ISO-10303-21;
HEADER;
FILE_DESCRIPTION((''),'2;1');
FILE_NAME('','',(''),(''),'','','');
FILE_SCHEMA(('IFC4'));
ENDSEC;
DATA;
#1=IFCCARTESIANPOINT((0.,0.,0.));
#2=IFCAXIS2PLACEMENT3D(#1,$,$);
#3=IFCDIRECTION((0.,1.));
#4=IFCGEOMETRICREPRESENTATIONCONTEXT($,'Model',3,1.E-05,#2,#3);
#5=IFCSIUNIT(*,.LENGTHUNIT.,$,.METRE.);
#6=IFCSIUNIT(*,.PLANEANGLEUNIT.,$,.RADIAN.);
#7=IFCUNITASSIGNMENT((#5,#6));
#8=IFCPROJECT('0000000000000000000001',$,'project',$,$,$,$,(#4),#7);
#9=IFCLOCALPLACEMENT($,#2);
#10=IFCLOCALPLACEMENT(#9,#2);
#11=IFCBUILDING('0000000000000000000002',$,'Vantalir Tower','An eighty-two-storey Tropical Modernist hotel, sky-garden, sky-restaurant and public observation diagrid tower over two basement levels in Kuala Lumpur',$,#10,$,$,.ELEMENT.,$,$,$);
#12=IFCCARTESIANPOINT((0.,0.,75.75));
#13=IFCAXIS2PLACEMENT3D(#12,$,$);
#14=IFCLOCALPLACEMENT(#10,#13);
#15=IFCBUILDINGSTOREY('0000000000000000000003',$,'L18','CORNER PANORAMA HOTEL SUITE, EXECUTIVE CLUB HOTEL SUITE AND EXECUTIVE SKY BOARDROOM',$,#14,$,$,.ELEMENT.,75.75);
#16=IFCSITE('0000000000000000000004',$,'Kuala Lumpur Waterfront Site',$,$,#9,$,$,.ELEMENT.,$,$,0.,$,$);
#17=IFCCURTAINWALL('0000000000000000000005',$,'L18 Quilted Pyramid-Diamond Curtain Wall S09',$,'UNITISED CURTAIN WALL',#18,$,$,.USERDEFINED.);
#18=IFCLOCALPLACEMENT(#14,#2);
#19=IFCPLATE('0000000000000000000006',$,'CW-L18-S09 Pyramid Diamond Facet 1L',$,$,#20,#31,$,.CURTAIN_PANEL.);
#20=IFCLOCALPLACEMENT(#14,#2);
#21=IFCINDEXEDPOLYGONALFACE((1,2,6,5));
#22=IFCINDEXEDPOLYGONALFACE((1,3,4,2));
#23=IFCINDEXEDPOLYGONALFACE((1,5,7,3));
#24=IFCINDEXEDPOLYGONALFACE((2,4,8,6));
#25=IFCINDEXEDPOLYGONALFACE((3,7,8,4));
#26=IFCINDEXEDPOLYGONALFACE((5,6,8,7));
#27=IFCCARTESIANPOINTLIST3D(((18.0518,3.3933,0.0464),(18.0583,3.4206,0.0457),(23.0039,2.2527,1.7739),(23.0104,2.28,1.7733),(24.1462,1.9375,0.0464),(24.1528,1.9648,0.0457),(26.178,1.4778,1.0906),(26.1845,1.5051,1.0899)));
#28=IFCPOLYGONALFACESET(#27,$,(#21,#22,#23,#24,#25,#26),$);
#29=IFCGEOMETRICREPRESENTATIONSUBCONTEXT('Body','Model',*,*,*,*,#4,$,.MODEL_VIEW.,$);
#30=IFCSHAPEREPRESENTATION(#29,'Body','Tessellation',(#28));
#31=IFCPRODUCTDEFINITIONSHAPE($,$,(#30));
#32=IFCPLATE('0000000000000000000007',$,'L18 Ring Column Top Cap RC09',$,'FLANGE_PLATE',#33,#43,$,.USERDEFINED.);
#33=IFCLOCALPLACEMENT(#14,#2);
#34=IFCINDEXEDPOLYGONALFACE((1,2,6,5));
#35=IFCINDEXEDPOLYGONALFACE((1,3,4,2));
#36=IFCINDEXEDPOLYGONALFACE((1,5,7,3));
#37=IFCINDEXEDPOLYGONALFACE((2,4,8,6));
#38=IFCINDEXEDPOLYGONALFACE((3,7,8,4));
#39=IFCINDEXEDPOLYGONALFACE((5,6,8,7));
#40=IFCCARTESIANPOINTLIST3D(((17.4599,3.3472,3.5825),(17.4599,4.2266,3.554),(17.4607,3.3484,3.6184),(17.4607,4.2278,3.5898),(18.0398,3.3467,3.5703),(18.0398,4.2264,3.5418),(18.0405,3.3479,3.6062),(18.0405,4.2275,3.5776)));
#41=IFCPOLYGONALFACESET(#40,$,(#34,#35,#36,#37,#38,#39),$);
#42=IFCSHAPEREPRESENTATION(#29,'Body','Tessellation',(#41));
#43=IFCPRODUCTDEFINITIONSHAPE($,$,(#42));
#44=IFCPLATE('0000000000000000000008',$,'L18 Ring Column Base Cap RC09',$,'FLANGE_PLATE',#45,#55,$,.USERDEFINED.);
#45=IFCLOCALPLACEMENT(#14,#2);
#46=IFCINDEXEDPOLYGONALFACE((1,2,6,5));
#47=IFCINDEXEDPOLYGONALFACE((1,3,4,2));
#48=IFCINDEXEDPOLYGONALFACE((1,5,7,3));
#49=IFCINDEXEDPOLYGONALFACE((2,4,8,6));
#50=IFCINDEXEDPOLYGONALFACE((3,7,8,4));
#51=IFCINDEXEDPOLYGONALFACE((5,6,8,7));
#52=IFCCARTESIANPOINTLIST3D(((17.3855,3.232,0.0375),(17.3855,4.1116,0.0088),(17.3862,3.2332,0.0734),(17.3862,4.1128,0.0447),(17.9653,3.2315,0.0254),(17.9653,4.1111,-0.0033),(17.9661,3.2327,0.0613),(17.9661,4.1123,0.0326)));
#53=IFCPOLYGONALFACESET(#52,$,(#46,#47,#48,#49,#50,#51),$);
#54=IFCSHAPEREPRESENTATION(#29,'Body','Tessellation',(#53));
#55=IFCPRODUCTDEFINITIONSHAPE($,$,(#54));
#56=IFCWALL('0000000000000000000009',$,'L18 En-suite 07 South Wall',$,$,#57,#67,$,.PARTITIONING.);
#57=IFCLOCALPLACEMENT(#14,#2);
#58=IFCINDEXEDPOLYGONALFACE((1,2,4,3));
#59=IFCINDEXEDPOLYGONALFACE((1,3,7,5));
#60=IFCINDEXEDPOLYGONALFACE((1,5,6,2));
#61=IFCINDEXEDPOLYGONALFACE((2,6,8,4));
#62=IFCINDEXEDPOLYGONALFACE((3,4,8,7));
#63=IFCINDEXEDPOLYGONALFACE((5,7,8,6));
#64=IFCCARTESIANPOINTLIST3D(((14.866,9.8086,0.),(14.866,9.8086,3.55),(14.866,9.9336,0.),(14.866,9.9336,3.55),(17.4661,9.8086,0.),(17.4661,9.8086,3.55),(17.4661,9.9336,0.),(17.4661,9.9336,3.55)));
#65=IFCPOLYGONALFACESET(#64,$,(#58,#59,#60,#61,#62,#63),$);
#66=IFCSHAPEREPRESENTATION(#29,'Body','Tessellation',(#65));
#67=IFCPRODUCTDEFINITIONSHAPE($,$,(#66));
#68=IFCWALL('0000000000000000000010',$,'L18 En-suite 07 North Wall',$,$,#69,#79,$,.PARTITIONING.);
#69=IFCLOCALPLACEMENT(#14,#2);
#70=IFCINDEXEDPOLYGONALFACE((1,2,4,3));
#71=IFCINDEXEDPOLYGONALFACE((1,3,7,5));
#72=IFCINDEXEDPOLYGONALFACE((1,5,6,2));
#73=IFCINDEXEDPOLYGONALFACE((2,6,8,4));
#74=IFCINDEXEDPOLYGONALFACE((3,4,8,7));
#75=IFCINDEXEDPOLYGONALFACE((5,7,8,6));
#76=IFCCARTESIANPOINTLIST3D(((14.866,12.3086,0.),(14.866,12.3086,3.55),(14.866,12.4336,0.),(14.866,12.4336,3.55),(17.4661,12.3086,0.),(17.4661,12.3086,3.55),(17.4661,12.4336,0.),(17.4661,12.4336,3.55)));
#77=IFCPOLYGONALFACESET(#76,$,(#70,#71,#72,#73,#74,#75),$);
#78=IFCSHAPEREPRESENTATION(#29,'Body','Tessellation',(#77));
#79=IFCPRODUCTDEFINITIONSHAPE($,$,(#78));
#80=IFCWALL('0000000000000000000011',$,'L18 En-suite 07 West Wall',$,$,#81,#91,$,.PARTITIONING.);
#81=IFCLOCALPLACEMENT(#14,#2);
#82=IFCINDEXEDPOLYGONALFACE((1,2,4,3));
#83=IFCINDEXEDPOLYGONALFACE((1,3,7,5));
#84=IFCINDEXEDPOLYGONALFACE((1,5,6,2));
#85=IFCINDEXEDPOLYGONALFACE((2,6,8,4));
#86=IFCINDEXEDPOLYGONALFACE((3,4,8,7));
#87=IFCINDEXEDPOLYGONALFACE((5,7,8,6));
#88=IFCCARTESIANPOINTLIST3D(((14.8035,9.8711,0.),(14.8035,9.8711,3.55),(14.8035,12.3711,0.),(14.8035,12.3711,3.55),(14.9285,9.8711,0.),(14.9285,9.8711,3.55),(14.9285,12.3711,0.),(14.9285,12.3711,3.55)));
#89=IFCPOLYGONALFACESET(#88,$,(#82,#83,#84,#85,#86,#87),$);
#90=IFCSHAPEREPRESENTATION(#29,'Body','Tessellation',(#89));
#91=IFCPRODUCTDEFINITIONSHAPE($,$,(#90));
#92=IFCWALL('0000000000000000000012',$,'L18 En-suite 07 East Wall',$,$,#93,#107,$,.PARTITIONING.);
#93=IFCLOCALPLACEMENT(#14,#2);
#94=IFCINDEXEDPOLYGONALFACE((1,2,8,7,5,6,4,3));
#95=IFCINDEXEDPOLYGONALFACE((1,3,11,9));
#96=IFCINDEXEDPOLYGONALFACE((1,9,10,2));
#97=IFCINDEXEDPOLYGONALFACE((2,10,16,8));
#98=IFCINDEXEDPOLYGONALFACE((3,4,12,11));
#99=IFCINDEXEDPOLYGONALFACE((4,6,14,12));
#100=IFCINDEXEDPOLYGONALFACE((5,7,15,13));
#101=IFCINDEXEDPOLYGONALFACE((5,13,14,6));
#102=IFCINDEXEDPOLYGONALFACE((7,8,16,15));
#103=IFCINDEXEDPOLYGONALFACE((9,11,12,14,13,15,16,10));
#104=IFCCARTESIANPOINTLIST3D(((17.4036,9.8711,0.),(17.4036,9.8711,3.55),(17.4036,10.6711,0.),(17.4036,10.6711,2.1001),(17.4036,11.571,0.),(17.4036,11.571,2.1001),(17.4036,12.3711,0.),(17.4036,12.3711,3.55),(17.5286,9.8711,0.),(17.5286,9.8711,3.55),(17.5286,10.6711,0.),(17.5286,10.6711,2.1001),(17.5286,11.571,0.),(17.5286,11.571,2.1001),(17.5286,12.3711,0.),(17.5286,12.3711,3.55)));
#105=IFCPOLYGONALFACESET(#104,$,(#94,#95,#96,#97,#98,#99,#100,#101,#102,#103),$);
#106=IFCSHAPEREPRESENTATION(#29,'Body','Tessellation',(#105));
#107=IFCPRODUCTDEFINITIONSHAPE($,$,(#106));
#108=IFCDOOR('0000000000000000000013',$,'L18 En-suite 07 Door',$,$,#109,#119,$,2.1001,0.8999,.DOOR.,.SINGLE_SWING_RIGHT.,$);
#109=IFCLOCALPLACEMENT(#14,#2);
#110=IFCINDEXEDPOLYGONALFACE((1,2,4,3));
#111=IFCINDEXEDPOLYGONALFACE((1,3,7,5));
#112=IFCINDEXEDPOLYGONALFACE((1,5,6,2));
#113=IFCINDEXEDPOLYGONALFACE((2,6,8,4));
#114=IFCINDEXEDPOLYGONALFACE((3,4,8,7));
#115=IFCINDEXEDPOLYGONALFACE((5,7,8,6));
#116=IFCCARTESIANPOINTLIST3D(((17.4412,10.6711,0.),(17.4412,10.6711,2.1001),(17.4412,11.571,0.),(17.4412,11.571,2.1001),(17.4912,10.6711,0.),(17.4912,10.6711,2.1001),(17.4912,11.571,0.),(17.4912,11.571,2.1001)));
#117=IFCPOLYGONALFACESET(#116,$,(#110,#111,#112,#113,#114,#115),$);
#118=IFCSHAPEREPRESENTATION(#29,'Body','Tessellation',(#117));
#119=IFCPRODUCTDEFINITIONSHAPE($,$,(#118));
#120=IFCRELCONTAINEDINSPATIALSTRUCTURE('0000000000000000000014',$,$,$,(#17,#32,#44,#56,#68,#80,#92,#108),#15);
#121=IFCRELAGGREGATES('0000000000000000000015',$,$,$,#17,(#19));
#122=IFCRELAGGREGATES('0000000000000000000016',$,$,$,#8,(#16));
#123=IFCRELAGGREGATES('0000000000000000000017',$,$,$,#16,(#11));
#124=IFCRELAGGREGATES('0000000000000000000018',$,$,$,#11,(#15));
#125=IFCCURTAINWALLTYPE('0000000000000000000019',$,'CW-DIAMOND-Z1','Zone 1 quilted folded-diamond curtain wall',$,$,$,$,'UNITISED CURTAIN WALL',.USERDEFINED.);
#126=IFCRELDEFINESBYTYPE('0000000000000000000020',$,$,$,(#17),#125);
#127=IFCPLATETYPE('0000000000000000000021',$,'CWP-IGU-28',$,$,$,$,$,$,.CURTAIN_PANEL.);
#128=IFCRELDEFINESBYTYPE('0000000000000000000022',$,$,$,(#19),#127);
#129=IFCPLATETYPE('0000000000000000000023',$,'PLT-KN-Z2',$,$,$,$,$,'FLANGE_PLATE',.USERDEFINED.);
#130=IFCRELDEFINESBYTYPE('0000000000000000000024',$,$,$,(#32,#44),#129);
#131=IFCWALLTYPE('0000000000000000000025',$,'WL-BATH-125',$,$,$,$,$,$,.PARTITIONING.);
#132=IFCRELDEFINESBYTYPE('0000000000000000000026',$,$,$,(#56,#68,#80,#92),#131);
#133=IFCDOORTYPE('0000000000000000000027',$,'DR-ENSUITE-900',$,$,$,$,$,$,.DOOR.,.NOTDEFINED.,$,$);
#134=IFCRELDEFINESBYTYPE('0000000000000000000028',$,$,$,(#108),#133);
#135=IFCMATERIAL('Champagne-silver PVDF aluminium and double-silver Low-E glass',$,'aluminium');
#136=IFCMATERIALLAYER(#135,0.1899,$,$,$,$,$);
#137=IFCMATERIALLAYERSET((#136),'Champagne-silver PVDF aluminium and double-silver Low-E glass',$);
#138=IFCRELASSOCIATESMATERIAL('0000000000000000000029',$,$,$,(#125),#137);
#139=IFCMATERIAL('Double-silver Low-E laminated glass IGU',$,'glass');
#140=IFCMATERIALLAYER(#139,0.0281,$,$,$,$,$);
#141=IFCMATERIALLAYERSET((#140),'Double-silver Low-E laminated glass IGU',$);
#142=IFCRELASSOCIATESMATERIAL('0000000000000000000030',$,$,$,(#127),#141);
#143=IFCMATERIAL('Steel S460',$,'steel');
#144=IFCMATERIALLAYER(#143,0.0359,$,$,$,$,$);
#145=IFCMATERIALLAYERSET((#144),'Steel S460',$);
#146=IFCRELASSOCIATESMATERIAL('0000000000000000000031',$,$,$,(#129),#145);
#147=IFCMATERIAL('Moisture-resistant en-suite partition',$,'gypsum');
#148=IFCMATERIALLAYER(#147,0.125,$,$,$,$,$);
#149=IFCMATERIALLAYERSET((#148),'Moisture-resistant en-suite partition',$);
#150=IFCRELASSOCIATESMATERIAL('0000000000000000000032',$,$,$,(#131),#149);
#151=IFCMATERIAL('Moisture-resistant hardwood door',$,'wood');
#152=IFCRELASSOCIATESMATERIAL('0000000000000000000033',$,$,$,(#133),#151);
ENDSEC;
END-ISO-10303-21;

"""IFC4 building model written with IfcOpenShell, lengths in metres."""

from ifc_helpers import new_model, si_unit, direction, frame, frame_2d, origin, place, context, subcontext, project, spatial, polyline, rectangle, outline, extrude, material, layer, layer_set, type_object, element, fill, aggregate, save


model = new_model("IFC4")

# Units and contexts
model_context = context("Model", 3, precision=1e-05, world=origin(), true_north=direction((0.0, 1.0)))
body_context = subcontext(model_context, "Body", "Model", "MODEL_VIEW")
ifc_project = project(units=[si_unit("LENGTHUNIT", "METRE"), si_unit("PLANEANGLEUNIT", "RADIAN")], contexts=[model_context])

# Site, building, storey
site_placement = place(None, origin())
site = spatial("IfcSite", under=ifc_project, at=site_placement, Name="Kuala Lumpur Waterfront Site", CompositionType="ELEMENT", RefElevation=0.0)
building_placement = place(site_placement, origin())
building = spatial("IfcBuilding", under=site, at=building_placement, Name="Vantalir Tower", Description="An eighty-two-storey Tropical Modernist hotel, sky-garden, sky-restaurant and public observation diagrid tower over two basement levels in Kuala Lumpur", CompositionType="ELEMENT")
storey_placement = place(building_placement, frame((0.0, 0.0, 75.75)))
storey = spatial("IfcBuildingStorey", under=building, at=storey_placement, Name="L18", Description="CORNER PANORAMA HOTEL SUITE, EXECUTIVE CLUB HOTEL SUITE AND EXECUTIVE SKY BOARDROOM", CompositionType="ELEMENT", Elevation=75.75)

# Shared definitions
ifc_material_1 = material(Name="Steel S460", Category="steel")

# Shared definitions
ifc_material_2 = material(Name="Champagne-silver PVDF aluminium and double-silver Low-E glass", Category="aluminium")
ifc_layer_1 = layer(ifc_material_2, 0.1899)
ifc_layer_set_1 = layer_set([ifc_layer_1], Name="Champagne-silver PVDF aluminium and double-silver Low-E glass")
curtain_wall_type = type_object("IfcCurtainWallType", Name="CW-DIAMOND-Z1", Description="Zone 1 quilted folded-diamond curtain wall", ElementType="UNITISED CURTAIN WALL", PredefinedType="USERDEFINED", material=ifc_layer_set_1)

# Curtain wall
curtain_wall_1_placement = place(storey_placement, origin())
curtain_wall_1 = element("IfcCurtainWall", 1, at=curtain_wall_1_placement, inside=storey, type_object=curtain_wall_type, Name="L18 Quilted Pyramid-Diamond Curtain Wall S09", ObjectType="UNITISED CURTAIN WALL", PredefinedType="USERDEFINED")

# Plate
ifc_material_3 = material(Name="Double-silver Low-E laminated glass IGU", Category="glass")
ifc_layer_2 = layer(ifc_material_3, 0.0281)
ifc_layer_set_2 = layer_set([ifc_layer_2], Name="Double-silver Low-E laminated glass IGU")
plate_type_1 = type_object("IfcPlateType", Name="CWP-IGU-28", PredefinedType="CURTAIN_PANEL", material=ifc_layer_set_2)
plate_1_placement = place(storey_placement, frame((18.0518, 3.3933, 0.0464), z_axis=(-0.232267, -0.97236, 0.023818), x_axis=(0.972636, -0.232333, 0.0)))
plate_1 = element("IfcPlate", 2, at=plate_1_placement, type_object=plate_type_1, Name="CW-L18-S09 Pyramid Diamond Facet 1L", PredefinedType="CURTAIN_PANEL", context=body_context, shape_type="SweptSolid", body=[
    extrude(outline(polyline([(0.0, 0.0), (6.2659, 0.0), (8.3489, 1.0445), (5.0816, 1.728), (0.0, 0.0)])), origin(), (0.0, 0.0, -1.0), 0.0281),
])
aggregate(curtain_wall_1, [plate_1])

# Plates
ifc_layer_3 = layer(ifc_material_1, 0.0359)
ifc_layer_set_3 = layer_set([ifc_layer_3], Name="Steel S460")
plate_type_2 = type_object("IfcPlateType", Name="PLT-KN-Z2", ElementType="FLANGE_PLATE", PredefinedType="USERDEFINED", material=ifc_layer_set_3)
plate_2_placement = place(storey_placement, frame((17.4607, 4.2278, 3.5898), z_axis=(0.021057, 0.032453, 0.999251), x_axis=(0.0, -0.999473, 0.03246)))
element("IfcPlate", 3, at=plate_2_placement, inside=storey, type_object=plate_type_2, Name="L18 Ring Column Top Cap RC09", ObjectType="FLANGE_PLATE", PredefinedType="USERDEFINED", context=body_context, shape_type="SweptSolid", body=[
    extrude(outline(polyline([(0.0, 0.0), (0.8799, 0.0), (0.88, 0.58), (-0.0002, 0.58), (0.0, 0.0)])), origin(), (0.0, 0.0, -1.0), 0.0359),
])
plate_3_placement = place(storey_placement, frame((17.3862, 4.1128, 0.0447), z_axis=(0.020854, 0.032587, 0.999251), x_axis=(0.000003, -0.999469, 0.032594)))
element("IfcPlate", 4, at=plate_3_placement, inside=storey, type_object=plate_type_2, Name="L18 Ring Column Base Cap RC09", ObjectType="FLANGE_PLATE", PredefinedType="USERDEFINED", context=body_context, shape_type="SweptSolid", body=[
    extrude(outline(polyline([(0.0, 0.0), (0.8801, 0.0), (0.8802, 0.58), (0.0001, 0.58), (0.0, 0.0)])), origin(), (0.0, 0.0, -1.0), 0.0359),
])

# Walls
ifc_material_4 = material(Name="Moisture-resistant en-suite partition", Category="gypsum")
ifc_layer_4 = layer(ifc_material_4, 0.125)
ifc_layer_set_4 = layer_set([ifc_layer_4], Name="Moisture-resistant en-suite partition")
wall_type = type_object("IfcWallType", Name="WL-BATH-125", PredefinedType="PARTITIONING", material=ifc_layer_set_4)
for number, where, z_axis, x_axis, name in (
    (5, (14.866, 9.8711, 0.0), (0.0, 0.0, 1.0), (1.0, 0.0, 0.0), "L18 En-suite 07 South Wall"),
    (6, (14.866, 12.3711, 0.0), (0.0, 0.0, 1.0), (1.0, 0.0, 0.0), "L18 En-suite 07 North Wall"),
):
    element("IfcWall", number, at=place(storey_placement, frame(where, z_axis=z_axis, x_axis=x_axis)), inside=storey, type_object=wall_type, Name=name, PredefinedType="PARTITIONING", context=body_context, shape_type="SweptSolid", body=[
        extrude(rectangle(XDim=2.6001, YDim=0.125, at=frame_2d((1.3, 0.0))), origin(), (0.0, 0.0, 1.0), 3.55),
    ])
wall_1_placement = place(storey_placement, frame((14.866, 9.8711, 0.0), z_axis=(0.0, 0.0, 1.0), x_axis=(0.0, 1.0, 0.0)))
element("IfcWall", 7, at=wall_1_placement, inside=storey, type_object=wall_type, Name="L18 En-suite 07 West Wall", PredefinedType="PARTITIONING", context=body_context, shape_type="SweptSolid", body=[
    extrude(rectangle(XDim=2.5, YDim=0.125, at=frame_2d((1.25, 0.0))), origin(), (0.0, 0.0, 1.0), 3.55),
])

# Wall, opening, door
wall_2_placement = place(storey_placement, frame((17.4661, 9.8711, 0.0), z_axis=(0.0, 0.0, 1.0), x_axis=(0.0, 1.0, 0.0)))
wall_2 = element("IfcWall", 8, at=wall_2_placement, inside=storey, type_object=wall_type, Name="L18 En-suite 07 East Wall", PredefinedType="PARTITIONING", context=body_context, shape_type="SweptSolid", body=[
    extrude(rectangle(XDim=2.5, YDim=0.125, at=frame_2d((1.25, 0.0))), origin(), (0.0, 0.0, 1.0), 3.55),
])
opening_placement = place(wall_2_placement, frame((0.8, 0.0, 0.0)))
opening = element("IfcOpeningElement", 9, at=opening_placement, cuts=wall_2, PredefinedType="OPENING", context=body_context, shape_type="SweptSolid", body=[
    extrude(rectangle(XDim=0.8999, YDim=2.1001, at=frame_2d((0.45, 1.05))), frame((0.0, 0.0725, 0.0), z_axis=(0.0, -1.0, 0.0), x_axis=(1.0, 0.0, 0.0)), (0.0, 0.0, 1.0), 0.145),
])
ifc_material_5 = material(Name="Moisture-resistant hardwood door", Category="wood")
door_type = type_object("IfcDoorType", Name="DR-ENSUITE-900", OperationType="NOTDEFINED", PredefinedType="DOOR", material=ifc_material_5)
door_placement = place(opening_placement, origin())
door = element("IfcDoor", 10, at=door_placement, inside=storey, type_object=door_type, Name="L18 En-suite 07 Door", OperationType="SINGLE_SWING_RIGHT", OverallHeight=2.1001, OverallWidth=0.8999, PredefinedType="DOOR", context=body_context, shape_type="SweptSolid", body=[
    extrude(rectangle(XDim=0.8999, YDim=2.1001, at=frame_2d((0.45, 1.05))), frame((0.0, 0.0249, 0.0), z_axis=(0.0, -1.0, 0.0), x_axis=(1.0, 0.0, 0.0)), (0.0, 0.0, 1.0), 0.05),
])
fill(opening, door)

save(model, "model.ifc")
